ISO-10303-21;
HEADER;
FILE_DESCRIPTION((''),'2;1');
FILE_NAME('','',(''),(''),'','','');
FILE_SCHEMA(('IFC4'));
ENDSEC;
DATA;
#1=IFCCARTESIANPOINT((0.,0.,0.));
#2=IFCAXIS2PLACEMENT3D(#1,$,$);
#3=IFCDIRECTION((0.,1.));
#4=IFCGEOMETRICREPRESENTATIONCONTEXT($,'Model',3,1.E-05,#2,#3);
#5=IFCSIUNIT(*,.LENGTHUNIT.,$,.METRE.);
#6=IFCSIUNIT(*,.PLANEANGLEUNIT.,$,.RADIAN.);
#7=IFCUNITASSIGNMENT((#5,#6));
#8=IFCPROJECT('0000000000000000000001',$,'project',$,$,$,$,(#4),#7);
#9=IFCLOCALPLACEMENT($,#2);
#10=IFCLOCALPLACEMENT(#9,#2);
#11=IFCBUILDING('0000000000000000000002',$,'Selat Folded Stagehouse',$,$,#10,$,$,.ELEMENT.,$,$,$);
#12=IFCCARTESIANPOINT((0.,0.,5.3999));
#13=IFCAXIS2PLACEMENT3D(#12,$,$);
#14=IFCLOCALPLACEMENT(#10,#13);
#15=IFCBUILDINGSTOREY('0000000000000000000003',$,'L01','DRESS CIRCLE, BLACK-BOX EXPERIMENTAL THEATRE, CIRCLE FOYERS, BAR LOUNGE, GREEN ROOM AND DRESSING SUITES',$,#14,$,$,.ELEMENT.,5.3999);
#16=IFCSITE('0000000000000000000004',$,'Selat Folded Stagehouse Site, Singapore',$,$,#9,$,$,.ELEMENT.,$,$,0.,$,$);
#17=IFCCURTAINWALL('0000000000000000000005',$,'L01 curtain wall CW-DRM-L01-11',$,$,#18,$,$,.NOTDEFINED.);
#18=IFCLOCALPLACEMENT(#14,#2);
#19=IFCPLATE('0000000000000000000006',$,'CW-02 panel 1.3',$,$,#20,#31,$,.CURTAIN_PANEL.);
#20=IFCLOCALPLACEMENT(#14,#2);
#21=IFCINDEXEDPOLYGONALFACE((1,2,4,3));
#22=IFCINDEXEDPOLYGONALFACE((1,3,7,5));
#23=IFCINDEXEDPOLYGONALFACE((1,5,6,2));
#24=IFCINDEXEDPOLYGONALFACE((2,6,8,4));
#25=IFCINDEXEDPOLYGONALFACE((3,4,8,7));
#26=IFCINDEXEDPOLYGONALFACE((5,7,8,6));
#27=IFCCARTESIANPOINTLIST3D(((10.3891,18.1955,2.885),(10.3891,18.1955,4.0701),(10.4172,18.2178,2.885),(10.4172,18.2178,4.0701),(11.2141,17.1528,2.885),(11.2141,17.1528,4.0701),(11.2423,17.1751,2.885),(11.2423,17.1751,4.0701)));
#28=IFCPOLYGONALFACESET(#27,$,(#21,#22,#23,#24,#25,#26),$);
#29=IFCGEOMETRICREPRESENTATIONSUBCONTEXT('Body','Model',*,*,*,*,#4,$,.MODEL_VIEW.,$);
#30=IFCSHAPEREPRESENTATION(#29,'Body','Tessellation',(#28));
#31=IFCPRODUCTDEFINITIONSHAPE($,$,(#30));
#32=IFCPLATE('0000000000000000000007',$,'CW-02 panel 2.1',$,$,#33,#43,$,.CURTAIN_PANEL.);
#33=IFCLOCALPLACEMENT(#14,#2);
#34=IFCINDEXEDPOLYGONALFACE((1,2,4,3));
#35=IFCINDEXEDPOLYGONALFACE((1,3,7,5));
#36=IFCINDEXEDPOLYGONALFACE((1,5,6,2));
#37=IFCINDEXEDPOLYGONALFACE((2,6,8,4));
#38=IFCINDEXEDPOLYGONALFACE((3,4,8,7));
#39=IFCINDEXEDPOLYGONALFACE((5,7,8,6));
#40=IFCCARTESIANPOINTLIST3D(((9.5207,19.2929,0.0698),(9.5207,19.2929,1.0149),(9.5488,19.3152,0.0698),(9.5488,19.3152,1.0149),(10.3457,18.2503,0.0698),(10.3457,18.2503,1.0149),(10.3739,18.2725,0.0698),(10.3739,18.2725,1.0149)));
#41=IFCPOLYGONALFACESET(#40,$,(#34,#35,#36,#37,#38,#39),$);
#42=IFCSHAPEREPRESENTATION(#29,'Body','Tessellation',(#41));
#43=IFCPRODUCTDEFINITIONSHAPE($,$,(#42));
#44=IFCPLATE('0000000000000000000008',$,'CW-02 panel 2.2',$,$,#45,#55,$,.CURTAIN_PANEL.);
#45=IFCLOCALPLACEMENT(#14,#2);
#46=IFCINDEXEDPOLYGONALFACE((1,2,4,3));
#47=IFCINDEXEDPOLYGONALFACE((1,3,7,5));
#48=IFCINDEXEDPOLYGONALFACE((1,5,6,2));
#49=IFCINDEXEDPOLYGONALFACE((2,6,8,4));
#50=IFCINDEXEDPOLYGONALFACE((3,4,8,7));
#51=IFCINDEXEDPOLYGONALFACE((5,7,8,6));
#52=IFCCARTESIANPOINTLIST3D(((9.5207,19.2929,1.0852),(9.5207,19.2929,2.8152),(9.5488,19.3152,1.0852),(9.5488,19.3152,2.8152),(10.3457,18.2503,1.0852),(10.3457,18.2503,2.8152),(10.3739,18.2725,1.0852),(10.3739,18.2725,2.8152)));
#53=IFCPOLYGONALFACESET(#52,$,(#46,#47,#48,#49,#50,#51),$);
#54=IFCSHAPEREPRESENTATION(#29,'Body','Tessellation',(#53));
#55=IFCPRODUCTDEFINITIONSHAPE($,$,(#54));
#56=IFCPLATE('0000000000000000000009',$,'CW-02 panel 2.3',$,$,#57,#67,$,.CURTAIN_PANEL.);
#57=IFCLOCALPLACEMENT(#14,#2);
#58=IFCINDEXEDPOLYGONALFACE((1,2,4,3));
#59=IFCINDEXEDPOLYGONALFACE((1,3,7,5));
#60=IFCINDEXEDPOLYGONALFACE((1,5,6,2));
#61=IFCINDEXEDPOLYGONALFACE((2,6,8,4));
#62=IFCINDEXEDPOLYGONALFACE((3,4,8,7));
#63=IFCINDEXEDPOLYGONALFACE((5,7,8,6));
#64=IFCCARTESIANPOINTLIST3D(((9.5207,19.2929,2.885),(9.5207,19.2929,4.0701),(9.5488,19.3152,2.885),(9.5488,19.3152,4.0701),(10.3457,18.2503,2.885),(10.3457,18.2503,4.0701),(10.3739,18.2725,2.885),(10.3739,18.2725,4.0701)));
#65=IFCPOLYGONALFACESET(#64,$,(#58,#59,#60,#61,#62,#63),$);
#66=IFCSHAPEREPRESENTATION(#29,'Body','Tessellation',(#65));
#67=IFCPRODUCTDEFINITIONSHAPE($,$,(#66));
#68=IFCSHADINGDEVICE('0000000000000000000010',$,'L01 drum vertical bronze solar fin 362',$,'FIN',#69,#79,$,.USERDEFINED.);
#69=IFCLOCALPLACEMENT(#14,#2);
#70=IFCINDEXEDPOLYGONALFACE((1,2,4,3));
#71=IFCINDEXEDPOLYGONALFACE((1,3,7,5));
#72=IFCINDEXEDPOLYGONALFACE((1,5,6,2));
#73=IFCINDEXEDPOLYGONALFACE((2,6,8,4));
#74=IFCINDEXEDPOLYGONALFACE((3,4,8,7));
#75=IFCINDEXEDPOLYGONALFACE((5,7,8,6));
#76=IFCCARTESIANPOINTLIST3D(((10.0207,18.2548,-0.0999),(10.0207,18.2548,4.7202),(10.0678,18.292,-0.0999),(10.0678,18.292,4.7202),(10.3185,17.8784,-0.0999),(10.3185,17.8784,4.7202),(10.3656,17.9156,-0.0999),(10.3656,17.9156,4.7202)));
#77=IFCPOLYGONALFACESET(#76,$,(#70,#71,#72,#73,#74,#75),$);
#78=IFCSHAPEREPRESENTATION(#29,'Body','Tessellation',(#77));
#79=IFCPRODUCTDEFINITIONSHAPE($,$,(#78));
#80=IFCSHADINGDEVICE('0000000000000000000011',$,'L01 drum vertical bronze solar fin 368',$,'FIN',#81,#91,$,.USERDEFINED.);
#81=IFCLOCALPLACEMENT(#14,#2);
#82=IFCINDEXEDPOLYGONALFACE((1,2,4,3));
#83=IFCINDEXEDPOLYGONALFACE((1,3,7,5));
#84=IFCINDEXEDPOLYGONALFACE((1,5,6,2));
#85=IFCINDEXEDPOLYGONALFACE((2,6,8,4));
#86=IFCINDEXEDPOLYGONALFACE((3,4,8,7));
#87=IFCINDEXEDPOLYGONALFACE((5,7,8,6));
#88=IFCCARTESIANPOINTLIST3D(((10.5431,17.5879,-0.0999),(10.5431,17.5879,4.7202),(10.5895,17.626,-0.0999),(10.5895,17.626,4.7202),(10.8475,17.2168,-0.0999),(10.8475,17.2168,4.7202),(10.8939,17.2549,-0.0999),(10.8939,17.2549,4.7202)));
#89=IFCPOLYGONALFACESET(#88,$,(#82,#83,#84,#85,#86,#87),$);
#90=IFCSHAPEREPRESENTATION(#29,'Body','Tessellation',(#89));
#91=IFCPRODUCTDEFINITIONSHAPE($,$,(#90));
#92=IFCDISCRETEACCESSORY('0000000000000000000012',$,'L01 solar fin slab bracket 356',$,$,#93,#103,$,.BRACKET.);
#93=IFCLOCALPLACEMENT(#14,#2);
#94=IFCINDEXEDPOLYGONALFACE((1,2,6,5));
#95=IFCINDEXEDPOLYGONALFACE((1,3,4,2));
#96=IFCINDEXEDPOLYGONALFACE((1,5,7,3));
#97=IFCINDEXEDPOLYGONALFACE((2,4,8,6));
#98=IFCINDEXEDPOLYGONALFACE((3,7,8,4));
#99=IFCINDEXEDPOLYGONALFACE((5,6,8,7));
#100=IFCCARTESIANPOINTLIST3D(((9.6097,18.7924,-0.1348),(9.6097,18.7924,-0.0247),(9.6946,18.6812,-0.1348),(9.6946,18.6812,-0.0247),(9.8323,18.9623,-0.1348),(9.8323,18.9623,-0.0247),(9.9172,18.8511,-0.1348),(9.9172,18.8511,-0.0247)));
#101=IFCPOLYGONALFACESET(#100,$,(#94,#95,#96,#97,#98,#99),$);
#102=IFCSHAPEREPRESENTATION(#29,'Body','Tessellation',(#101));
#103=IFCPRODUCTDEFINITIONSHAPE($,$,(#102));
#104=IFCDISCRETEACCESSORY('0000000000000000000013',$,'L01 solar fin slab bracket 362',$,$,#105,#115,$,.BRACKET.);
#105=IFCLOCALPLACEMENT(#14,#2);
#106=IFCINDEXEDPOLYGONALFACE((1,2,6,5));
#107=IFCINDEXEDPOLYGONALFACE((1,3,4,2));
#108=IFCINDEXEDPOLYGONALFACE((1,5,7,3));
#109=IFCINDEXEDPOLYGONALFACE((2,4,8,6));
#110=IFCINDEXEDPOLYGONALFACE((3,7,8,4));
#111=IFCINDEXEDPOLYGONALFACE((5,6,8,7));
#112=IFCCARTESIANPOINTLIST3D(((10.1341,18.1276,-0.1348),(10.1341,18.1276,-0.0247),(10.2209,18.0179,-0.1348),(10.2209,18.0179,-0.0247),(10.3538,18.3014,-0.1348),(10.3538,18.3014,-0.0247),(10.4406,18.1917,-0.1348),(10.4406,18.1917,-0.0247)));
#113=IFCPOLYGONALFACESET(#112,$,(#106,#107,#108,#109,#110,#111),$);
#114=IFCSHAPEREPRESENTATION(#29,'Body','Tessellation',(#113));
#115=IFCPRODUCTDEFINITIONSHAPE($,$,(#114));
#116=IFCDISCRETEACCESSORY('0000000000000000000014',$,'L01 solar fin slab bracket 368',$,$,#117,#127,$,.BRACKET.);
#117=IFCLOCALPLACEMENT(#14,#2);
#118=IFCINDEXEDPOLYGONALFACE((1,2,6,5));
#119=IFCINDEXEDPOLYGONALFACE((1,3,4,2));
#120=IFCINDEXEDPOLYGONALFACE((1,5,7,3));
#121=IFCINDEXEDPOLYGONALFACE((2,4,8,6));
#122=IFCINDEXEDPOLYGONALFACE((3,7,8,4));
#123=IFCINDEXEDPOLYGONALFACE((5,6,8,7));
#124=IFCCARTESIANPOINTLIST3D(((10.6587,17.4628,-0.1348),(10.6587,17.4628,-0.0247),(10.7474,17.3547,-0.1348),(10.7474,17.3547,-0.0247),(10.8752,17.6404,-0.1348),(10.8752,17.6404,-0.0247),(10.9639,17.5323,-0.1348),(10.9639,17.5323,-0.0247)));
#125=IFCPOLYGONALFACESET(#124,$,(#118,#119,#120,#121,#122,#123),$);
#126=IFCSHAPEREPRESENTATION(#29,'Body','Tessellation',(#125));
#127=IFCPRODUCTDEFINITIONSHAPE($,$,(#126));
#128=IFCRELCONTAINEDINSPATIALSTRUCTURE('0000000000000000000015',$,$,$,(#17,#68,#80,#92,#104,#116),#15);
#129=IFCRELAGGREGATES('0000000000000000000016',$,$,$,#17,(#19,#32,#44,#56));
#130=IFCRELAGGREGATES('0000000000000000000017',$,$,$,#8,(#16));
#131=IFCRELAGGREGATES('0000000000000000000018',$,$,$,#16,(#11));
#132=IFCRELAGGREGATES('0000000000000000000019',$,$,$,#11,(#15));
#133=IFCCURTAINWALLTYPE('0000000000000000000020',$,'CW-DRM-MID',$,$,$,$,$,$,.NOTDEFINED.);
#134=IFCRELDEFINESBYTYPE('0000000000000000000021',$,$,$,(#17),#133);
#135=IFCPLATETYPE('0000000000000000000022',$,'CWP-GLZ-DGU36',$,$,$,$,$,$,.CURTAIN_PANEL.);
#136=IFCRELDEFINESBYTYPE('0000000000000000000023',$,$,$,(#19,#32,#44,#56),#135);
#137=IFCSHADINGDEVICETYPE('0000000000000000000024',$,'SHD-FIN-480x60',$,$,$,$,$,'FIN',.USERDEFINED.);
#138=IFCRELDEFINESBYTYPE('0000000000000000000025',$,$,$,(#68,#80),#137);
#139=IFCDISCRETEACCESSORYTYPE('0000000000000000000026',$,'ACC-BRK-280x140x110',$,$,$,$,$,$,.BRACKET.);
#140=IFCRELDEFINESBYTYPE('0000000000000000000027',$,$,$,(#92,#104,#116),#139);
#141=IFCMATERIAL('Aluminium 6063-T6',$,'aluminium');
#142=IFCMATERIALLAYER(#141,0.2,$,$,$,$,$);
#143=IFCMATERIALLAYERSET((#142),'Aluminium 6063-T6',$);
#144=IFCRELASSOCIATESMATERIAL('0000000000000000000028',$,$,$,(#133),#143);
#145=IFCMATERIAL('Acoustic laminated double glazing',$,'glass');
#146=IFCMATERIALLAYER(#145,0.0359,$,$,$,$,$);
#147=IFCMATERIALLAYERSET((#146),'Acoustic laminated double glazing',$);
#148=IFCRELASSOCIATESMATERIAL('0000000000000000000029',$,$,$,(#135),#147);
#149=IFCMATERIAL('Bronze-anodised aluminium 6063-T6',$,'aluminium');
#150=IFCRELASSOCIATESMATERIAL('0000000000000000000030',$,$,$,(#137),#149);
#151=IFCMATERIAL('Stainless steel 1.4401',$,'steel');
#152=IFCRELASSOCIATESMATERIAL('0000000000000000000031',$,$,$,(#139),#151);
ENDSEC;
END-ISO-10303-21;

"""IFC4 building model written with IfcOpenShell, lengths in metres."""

from ifc_helpers import new_model, si_unit, direction, frame, origin, origin_2d, place, context, subcontext, project, spatial, rectangle, extrude, material, layer, layer_set, material_profile, profile_set, type_object, element, aggregate, save


model = new_model("IFC4")

# Units and contexts
model_context = context("Model", 3, precision=1e-05, world=origin(), true_north=direction((0.0, 1.0)))
body_context = subcontext(model_context, "Body", "Model", "MODEL_VIEW")
ifc_project = project(units=[si_unit("LENGTHUNIT", "METRE"), si_unit("PLANEANGLEUNIT", "RADIAN")], contexts=[model_context])

# Site, building, storey
site_placement = place(None, origin())
site = spatial("IfcSite", under=ifc_project, at=site_placement, Name="Selat Folded Stagehouse Site, Singapore", CompositionType="ELEMENT", RefElevation=0.0)
building_placement = place(site_placement, origin())
building = spatial("IfcBuilding", under=site, at=building_placement, Name="Selat Folded Stagehouse", CompositionType="ELEMENT")
storey_placement = place(building_placement, frame((0.0, 0.0, 5.3999)))
storey = spatial("IfcBuildingStorey", under=building, at=storey_placement, Name="L01", Description="DRESS CIRCLE, BLACK-BOX EXPERIMENTAL THEATRE, CIRCLE FOYERS, BAR LOUNGE, GREEN ROOM AND DRESSING SUITES", CompositionType="ELEMENT", Elevation=5.3999)

# Curtain wall, plates
ifc_material_1 = material(Name="Aluminium 6063-T6", Category="aluminium")
ifc_layer_1 = layer(ifc_material_1, 0.2)
ifc_layer_set_1 = layer_set([ifc_layer_1], Name="Aluminium 6063-T6")
curtain_wall_type = type_object("IfcCurtainWallType", Name="CW-DRM-MID", PredefinedType="NOTDEFINED", material=ifc_layer_set_1)
curtain_wall_placement = place(storey_placement, origin())
curtain_wall = element("IfcCurtainWall", 1, at=curtain_wall_placement, inside=storey, type_object=curtain_wall_type, Name="L01 curtain wall CW-DRM-L01-11", PredefinedType="NOTDEFINED")
ifc_material_2 = material(Name="Acoustic laminated double glazing", Category="glass")
ifc_layer_2 = layer(ifc_material_2, 0.0359)
ifc_layer_set_2 = layer_set([ifc_layer_2], Name="Acoustic laminated double glazing")
plate_type = type_object("IfcPlateType", Name="CWP-GLZ-DGU36", PredefinedType="CURTAIN_PANEL", material=ifc_layer_set_2)
plate_1_placement = place(storey_placement, frame((10.8157, 17.6853, 2.885), z_axis=(0.0, 0.0, 1.0), x_axis=(-0.620533, 0.78418, 0.0)))
plate_1 = element("IfcPlate", 2, at=plate_1_placement, type_object=plate_type, Name="CW-02 panel 1.3", PredefinedType="CURTAIN_PANEL", context=body_context, shape_type="SweptSolid", body=[
    extrude(rectangle(XDim=1.3296, YDim=0.0359, at=origin_2d()), origin(), (0.0, 0.0, 1.0), 1.1851),
])
plate_2_placement = place(storey_placement, frame((9.9473, 18.7827, 0.0698), z_axis=(0.0, 0.0, 1.0), x_axis=(-0.620533, 0.78418, 0.0)))
plate_2 = element("IfcPlate", 3, at=plate_2_placement, type_object=plate_type, Name="CW-02 panel 2.1", PredefinedType="CURTAIN_PANEL", context=body_context, shape_type="SweptSolid", body=[
    extrude(rectangle(XDim=1.3296, YDim=0.0359, at=origin_2d()), origin(), (0.0, 0.0, 1.0), 0.9451),
])
plate_3_placement = place(storey_placement, frame((9.9473, 18.7827, 1.0852), z_axis=(0.0, 0.0, 1.0), x_axis=(-0.620533, 0.78418, 0.0)))
plate_3 = element("IfcPlate", 4, at=plate_3_placement, type_object=plate_type, Name="CW-02 panel 2.2", PredefinedType="CURTAIN_PANEL", context=body_context, shape_type="SweptSolid", body=[
    extrude(rectangle(XDim=1.3296, YDim=0.0359, at=origin_2d()), origin(), (0.0, 0.0, 1.0), 1.73),
])
plate_4_placement = place(storey_placement, frame((9.9473, 18.7827, 2.885), z_axis=(0.0, 0.0, 1.0), x_axis=(-0.620533, 0.78418, 0.0)))
plate_4 = element("IfcPlate", 5, at=plate_4_placement, type_object=plate_type, Name="CW-02 panel 2.3", PredefinedType="CURTAIN_PANEL", context=body_context, shape_type="SweptSolid", body=[
    extrude(rectangle(XDim=1.3296, YDim=0.0359, at=origin_2d()), origin(), (0.0, 0.0, 1.0), 1.1851),
])
aggregate(curtain_wall, [plate_1, plate_2, plate_3, plate_4])

# Shading devices
ifc_material_3 = material(Name="Bronze-anodised aluminium 6063-T6", Category="aluminium")
ifc_material_profile_1 = material_profile(ifc_material_3, rectangle(XDim=0.0601, YDim=0.48, at=origin_2d()), Name="SOLAR-FIN 480x60")
ifc_profile_set_1 = profile_set([ifc_material_profile_1], Name="Bronze-anodised aluminium 6063-T6")
shading_device_type = type_object("IfcShadingDeviceType", Name="SHD-FIN-480x60", ElementType="FIN", PredefinedType="USERDEFINED", material=ifc_profile_set_1)
for number, where, z_axis, x_axis, name in (
    (6, (10.1931, 18.0852, -0.0999), (0.0, 0.0, 1.0), (-0.784235, -0.620464, 0.0), "L01 drum vertical bronze solar fin 362"),
    (7, (10.7185, 17.4214, -0.0999), (0.0, 0.0, 1.0), (-0.773177, -0.634191, 0.0), "L01 drum vertical bronze solar fin 368"),
):
    element("IfcShadingDevice", number, at=place(storey_placement, frame(where, z_axis=z_axis, x_axis=x_axis)), inside=storey, type_object=shading_device_type, Name=name, ObjectType="FIN", PredefinedType="USERDEFINED", context=body_context, shape_type="SweptSolid", body=[
        extrude(rectangle(XDim=0.0601, YDim=0.48, at=origin_2d()), origin(), (0.0, 0.0, 1.0), 4.8201),
    ])

# Discrete accessories
ifc_material_4 = material(Name="Stainless steel 1.4401", Category="steel")
discrete_accessory_type = type_object("IfcDiscreteAccessoryType", Name="ACC-BRK-280x140x110", PredefinedType="BRACKET", material=ifc_material_4)
for number, where, z_axis, x_axis, name in (
    (8, (9.7634, 18.8218, -0.1348), (0.0, 0.0, 1.0), (-0.794944, -0.606682, 0.0), "L01 solar fin slab bracket 356"),
    (9, (10.2874, 18.1597, -0.1348), (0.0, 0.0, 1.0), (-0.784235, -0.620464, 0.0), "L01 solar fin slab bracket 362"),
    (10, (10.8113, 17.4976, -0.1348), (0.0, 0.0, 1.0), (-0.773177, -0.634191, 0.0), "L01 solar fin slab bracket 368"),
):
    element("IfcDiscreteAccessory", number, at=place(storey_placement, frame(where, z_axis=z_axis, x_axis=x_axis)), inside=storey, type_object=discrete_accessory_type, Name=name, PredefinedType="BRACKET", context=body_context, shape_type="SweptSolid", body=[
        extrude(rectangle(XDim=0.28, YDim=0.1399, at=origin_2d()), origin(), (0.0, 0.0, 1.0), 0.1101),
    ])

save(model, "model.ifc")
